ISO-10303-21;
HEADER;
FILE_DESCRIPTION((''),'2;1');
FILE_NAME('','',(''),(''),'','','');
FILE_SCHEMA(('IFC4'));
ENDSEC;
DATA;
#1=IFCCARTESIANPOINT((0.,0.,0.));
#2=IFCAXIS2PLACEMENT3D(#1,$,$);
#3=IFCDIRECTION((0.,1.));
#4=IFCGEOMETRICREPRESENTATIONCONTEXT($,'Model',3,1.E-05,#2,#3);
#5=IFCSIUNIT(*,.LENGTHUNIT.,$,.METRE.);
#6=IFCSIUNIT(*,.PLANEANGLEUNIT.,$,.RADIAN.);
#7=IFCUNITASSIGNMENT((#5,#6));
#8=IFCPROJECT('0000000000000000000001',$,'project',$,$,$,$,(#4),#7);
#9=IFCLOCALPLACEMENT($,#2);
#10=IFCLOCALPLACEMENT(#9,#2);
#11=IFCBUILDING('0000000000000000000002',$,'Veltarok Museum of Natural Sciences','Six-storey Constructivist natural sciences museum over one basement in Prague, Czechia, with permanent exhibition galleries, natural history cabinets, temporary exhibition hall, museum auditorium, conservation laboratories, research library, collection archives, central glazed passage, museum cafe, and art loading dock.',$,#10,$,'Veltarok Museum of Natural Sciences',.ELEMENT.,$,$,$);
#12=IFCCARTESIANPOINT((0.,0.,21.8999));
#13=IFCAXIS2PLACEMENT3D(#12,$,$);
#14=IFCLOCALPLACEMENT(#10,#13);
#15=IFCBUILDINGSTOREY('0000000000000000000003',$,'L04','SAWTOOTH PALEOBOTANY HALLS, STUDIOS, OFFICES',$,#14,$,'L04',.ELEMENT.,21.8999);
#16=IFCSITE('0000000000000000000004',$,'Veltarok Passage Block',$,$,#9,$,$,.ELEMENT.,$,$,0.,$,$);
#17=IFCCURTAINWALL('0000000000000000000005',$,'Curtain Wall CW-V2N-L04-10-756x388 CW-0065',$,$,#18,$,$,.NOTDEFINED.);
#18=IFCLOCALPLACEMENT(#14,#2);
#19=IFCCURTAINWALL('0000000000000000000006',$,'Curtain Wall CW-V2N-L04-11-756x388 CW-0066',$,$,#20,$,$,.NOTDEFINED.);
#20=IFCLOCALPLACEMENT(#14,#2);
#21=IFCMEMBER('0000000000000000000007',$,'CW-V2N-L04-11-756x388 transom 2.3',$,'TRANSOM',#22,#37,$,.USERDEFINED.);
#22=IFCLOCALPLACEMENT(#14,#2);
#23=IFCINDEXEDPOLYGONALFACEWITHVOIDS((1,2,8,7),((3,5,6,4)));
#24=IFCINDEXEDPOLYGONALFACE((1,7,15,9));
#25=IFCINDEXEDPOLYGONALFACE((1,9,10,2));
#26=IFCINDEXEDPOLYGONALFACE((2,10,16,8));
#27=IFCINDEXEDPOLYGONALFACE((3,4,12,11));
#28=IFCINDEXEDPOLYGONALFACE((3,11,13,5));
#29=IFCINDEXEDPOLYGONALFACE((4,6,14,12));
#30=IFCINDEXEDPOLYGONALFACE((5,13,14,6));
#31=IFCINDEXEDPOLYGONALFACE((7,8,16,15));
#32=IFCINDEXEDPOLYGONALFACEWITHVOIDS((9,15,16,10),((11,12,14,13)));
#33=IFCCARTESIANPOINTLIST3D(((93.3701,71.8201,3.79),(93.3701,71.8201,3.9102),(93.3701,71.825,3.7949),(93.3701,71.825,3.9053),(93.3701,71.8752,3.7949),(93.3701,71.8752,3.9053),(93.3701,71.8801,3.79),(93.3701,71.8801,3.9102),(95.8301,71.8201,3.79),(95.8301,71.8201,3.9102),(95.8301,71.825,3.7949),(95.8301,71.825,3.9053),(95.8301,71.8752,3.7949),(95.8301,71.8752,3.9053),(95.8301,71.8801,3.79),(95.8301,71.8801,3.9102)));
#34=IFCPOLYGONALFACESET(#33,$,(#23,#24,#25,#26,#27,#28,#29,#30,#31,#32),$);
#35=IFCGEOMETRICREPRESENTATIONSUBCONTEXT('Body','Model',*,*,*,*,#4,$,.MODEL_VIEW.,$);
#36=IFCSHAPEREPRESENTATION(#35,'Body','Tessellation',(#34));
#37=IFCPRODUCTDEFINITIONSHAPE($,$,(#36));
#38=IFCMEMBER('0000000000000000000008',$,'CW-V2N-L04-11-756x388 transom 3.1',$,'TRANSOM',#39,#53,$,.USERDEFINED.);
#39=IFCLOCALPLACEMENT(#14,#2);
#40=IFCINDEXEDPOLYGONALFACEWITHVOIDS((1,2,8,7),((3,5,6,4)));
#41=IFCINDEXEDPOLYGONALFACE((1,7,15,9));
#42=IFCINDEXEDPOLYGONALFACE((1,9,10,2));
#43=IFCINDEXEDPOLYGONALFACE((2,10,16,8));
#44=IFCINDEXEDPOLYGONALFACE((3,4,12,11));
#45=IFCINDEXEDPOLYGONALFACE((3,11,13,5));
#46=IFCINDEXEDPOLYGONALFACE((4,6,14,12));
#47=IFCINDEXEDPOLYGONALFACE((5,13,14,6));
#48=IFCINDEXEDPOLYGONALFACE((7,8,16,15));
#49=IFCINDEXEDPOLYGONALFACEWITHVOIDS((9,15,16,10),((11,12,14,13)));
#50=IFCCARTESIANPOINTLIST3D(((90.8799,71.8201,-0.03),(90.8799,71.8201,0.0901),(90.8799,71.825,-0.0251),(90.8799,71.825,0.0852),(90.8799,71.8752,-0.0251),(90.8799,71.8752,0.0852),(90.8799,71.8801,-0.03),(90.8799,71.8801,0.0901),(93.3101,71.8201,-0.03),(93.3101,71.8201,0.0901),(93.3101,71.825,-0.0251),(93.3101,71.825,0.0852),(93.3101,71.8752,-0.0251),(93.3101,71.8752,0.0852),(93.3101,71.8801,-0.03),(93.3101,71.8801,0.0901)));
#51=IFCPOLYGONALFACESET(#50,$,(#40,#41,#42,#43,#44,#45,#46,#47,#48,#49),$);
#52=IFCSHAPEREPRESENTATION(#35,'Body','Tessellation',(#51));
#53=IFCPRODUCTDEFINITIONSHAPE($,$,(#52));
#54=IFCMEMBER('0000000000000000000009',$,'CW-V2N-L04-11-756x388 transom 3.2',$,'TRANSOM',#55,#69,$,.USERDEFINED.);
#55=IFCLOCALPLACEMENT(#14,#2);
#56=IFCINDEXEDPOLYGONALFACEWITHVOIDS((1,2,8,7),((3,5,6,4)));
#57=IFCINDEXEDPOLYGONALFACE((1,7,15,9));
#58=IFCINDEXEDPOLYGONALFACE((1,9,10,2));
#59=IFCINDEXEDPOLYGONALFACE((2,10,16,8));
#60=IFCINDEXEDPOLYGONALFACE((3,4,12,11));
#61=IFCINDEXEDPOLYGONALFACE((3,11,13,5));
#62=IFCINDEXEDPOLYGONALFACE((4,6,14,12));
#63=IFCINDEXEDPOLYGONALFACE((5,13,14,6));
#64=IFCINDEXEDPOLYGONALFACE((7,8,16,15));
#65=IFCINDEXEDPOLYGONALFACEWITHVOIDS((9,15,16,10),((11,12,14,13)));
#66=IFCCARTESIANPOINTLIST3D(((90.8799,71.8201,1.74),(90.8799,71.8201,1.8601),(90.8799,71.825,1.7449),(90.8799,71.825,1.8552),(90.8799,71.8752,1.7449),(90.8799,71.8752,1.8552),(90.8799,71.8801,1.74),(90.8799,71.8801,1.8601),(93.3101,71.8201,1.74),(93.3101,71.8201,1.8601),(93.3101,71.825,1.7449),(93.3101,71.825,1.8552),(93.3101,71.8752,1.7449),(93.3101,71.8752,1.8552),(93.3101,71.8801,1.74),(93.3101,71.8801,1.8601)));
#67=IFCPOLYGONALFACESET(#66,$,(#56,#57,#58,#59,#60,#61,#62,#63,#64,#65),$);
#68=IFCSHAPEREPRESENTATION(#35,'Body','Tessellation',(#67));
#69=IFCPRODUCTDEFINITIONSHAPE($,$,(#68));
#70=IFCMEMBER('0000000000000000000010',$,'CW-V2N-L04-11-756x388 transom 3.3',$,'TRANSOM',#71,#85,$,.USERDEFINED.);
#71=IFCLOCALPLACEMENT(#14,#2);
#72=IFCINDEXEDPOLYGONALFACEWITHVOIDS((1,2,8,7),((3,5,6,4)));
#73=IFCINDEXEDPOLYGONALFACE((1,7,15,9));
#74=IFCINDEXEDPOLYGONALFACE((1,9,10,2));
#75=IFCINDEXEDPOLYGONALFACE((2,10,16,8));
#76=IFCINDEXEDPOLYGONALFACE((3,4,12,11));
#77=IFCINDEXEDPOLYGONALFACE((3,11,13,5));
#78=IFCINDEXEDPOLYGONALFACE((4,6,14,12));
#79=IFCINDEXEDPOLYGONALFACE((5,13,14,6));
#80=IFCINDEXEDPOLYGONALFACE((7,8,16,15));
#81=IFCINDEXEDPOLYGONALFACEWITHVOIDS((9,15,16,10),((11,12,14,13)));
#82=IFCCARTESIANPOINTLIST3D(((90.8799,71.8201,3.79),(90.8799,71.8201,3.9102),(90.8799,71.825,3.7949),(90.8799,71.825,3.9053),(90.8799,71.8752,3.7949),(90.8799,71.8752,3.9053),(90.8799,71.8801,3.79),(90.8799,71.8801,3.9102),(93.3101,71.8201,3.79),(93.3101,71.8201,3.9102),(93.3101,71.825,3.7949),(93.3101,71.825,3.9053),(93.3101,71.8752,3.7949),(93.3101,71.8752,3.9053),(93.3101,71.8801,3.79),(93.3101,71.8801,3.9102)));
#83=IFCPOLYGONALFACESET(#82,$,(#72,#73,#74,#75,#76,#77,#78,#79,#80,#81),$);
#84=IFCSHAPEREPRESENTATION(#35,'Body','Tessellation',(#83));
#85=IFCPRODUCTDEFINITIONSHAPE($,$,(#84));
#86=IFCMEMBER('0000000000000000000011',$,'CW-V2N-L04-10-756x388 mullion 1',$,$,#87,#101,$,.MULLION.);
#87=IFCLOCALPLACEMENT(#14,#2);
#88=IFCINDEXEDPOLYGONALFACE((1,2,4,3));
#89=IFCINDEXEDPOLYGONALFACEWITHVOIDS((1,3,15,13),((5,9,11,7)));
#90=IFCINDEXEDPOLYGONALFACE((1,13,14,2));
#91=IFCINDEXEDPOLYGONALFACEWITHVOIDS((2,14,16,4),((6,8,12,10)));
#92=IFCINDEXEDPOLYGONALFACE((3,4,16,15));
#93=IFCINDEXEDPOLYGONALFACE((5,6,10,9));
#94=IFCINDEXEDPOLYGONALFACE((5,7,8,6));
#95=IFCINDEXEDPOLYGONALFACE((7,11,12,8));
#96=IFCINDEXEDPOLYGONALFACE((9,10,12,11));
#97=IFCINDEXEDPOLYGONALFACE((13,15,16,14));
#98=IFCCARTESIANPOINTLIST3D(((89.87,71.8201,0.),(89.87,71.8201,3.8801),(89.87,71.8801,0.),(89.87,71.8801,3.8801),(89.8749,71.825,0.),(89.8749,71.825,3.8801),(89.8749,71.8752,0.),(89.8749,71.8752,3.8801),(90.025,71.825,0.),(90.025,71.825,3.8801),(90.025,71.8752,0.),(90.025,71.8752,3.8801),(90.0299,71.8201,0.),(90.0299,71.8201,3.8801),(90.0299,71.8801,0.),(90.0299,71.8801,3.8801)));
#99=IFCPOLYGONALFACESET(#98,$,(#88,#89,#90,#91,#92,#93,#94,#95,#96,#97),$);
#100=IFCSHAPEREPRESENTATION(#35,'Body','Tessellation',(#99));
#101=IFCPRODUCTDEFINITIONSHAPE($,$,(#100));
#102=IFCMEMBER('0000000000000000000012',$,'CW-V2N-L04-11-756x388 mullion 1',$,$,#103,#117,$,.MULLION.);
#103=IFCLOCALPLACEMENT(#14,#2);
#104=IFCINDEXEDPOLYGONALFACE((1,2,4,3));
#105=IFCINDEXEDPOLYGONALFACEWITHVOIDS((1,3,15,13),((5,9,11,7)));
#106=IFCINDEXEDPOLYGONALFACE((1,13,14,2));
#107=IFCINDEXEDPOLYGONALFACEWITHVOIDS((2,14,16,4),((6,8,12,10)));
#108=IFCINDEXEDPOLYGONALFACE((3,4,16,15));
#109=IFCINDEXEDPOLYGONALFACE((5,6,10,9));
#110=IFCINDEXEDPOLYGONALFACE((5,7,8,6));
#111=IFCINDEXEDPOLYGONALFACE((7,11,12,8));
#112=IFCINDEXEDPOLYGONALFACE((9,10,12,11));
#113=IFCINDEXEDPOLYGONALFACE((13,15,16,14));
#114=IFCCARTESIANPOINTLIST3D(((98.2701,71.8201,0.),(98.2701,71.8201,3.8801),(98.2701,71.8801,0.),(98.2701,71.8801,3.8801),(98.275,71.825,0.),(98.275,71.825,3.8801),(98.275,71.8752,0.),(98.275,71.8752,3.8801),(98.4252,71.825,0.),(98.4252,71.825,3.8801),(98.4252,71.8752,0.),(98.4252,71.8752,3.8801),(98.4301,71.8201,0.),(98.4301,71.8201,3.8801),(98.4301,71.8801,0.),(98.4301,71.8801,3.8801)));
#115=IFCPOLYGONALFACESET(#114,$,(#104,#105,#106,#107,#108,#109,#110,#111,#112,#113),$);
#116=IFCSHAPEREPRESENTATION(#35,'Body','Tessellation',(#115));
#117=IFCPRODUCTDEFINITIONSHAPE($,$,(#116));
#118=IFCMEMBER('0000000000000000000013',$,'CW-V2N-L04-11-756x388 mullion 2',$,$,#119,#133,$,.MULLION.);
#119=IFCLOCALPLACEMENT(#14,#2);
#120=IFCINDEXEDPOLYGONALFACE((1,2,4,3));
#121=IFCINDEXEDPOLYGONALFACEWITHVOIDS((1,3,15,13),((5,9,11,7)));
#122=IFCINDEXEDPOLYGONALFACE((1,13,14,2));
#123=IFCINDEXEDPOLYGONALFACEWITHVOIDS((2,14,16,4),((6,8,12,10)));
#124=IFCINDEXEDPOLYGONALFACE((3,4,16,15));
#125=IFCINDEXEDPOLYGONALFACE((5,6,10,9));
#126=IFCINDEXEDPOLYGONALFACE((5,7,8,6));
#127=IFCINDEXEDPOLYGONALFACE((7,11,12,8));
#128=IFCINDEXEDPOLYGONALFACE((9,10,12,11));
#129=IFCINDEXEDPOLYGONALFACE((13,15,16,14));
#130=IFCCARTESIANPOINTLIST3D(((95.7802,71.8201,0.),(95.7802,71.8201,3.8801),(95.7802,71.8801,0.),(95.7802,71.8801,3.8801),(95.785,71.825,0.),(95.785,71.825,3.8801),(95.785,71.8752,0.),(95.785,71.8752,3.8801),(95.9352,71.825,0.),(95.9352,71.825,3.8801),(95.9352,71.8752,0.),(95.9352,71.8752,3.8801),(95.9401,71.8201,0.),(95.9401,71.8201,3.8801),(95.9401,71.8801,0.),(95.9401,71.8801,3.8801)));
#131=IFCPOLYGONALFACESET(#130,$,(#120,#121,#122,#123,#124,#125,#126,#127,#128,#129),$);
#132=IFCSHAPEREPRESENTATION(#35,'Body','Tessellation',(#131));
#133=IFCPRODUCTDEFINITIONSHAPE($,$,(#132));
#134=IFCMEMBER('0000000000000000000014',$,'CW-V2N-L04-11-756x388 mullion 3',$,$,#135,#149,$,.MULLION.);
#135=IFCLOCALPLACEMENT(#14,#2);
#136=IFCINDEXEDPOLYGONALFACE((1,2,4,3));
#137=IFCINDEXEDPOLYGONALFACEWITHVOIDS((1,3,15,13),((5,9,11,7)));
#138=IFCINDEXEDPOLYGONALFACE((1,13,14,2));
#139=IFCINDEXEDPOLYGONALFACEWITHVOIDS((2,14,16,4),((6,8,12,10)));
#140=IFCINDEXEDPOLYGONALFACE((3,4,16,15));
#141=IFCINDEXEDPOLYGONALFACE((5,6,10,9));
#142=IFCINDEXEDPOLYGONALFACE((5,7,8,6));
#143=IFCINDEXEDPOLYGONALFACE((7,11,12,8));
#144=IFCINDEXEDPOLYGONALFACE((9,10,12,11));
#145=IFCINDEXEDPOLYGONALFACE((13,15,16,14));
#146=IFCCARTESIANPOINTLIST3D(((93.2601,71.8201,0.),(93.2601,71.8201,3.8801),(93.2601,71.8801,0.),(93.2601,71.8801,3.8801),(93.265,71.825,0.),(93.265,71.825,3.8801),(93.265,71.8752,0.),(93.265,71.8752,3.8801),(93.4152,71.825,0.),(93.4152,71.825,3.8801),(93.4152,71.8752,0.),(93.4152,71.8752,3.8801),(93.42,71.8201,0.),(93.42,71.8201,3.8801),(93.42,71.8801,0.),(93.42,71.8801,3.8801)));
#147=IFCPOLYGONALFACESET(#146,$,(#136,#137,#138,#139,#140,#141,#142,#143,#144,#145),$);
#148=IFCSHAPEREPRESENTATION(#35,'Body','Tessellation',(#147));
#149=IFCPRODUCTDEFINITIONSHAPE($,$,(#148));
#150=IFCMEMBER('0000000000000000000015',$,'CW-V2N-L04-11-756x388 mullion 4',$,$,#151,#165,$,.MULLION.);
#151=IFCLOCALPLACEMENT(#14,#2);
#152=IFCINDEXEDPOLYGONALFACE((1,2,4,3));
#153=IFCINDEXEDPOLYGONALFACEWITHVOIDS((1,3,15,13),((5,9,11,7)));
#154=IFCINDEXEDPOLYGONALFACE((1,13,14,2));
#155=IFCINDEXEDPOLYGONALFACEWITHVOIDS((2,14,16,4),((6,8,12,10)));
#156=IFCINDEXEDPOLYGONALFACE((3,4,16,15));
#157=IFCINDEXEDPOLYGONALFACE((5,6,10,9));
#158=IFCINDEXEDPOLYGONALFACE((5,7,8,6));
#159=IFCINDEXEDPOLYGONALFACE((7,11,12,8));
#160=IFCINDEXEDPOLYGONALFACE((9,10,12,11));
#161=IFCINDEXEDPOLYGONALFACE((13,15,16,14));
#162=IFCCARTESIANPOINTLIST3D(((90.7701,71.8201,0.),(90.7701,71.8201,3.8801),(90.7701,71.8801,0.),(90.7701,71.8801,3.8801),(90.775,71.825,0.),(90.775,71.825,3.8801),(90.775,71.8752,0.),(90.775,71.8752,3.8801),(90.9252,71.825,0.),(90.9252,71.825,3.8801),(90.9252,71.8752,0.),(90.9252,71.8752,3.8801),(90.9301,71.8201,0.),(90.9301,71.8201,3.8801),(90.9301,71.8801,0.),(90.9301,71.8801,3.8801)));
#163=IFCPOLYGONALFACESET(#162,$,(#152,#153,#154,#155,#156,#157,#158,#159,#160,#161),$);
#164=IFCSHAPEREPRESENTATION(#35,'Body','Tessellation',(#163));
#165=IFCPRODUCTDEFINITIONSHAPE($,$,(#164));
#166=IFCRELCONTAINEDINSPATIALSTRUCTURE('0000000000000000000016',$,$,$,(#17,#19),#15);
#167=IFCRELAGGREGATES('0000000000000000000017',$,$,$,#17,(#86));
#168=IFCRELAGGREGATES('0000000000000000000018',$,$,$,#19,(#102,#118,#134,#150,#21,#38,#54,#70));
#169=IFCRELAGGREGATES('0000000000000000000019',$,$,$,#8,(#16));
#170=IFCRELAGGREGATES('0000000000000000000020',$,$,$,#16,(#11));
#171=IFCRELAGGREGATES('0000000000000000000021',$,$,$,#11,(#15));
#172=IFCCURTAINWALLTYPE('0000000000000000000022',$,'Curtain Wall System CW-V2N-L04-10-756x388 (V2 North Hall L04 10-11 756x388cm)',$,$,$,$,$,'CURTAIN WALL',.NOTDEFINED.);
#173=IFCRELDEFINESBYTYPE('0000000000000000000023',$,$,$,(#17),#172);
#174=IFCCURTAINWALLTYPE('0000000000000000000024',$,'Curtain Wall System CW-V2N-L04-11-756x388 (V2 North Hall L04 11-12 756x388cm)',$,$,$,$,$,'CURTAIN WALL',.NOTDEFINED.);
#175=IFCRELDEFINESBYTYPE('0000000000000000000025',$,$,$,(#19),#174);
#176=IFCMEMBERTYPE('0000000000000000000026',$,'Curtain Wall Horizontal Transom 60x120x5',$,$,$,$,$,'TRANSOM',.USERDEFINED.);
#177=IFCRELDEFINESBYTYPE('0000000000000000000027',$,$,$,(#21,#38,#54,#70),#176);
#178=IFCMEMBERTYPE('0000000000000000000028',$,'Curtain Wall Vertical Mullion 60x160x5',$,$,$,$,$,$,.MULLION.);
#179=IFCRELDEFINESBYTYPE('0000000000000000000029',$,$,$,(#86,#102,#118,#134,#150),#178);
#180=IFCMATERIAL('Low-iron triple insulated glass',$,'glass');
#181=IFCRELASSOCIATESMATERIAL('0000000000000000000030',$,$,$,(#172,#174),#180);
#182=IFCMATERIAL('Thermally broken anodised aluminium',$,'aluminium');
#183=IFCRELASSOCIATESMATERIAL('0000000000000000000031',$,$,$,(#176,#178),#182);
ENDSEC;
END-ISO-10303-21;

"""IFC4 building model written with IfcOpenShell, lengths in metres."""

from ifc_helpers import new_model, si_unit, direction, frame, origin, origin_2d, place, context, subcontext, project, spatial, hollow_rectangle, extrude, material, material_profile, profile_set, type_object, element, aggregate, save


model = new_model("IFC4")

# Units and contexts
model_context = context("Model", 3, precision=1e-05, world=origin(), true_north=direction((0.0, 1.0)))
body_context = subcontext(model_context, "Body", "Model", "MODEL_VIEW")
ifc_project = project(units=[si_unit("LENGTHUNIT", "METRE"), si_unit("PLANEANGLEUNIT", "RADIAN")], contexts=[model_context])

# Site, building, storey
site_placement = place(None, origin())
site = spatial("IfcSite", under=ifc_project, at=site_placement, Name="Veltarok Passage Block", CompositionType="ELEMENT", RefElevation=0.0)
building_placement = place(site_placement, origin())
building = spatial("IfcBuilding", under=site, at=building_placement, Name="Veltarok Museum of Natural Sciences", Description="Six-storey Constructivist natural sciences museum over one basement in Prague, Czechia, with permanent exhibition galleries, natural history cabinets, temporary exhibition hall, museum auditorium, conservation laboratories, research library, collection archives, central glazed passage, museum cafe, and art loading dock.", LongName="Veltarok Museum of Natural Sciences", CompositionType="ELEMENT")
storey_placement = place(building_placement, frame((0.0, 0.0, 21.8999)))
storey = spatial("IfcBuildingStorey", under=building, at=storey_placement, Name="L04", Description="SAWTOOTH PALEOBOTANY HALLS, STUDIOS, OFFICES", LongName="L04", CompositionType="ELEMENT", Elevation=21.8999)

# Curtain walls, members
ifc_material_1 = material(Name="Low-iron triple insulated glass", Category="glass")
curtain_wall_type_1 = type_object("IfcCurtainWallType", Name="Curtain Wall System CW-V2N-L04-10-756x388 (V2 North Hall L04 10-11 756x388cm)", ElementType="CURTAIN WALL", PredefinedType="NOTDEFINED", material=ifc_material_1)
curtain_wall_1_placement = place(storey_placement, origin())
curtain_wall_1 = element("IfcCurtainWall", 1, at=curtain_wall_1_placement, inside=storey, type_object=curtain_wall_type_1, Name="Curtain Wall CW-V2N-L04-10-756x388 CW-0065", PredefinedType="NOTDEFINED")
ifc_material_2 = material(Name="Thermally broken anodised aluminium", Category="aluminium")
ifc_material_profile_1 = material_profile(ifc_material_2, hollow_rectangle(XDim=0.0601, YDim=0.1201, WallThickness=0.0049, at=origin_2d()), Name="CW TRANSOM 60x120x5")
ifc_profile_set_1 = profile_set([ifc_material_profile_1], Name="Thermally broken anodised aluminium")
member_type_1 = type_object("IfcMemberType", Name="Curtain Wall Horizontal Transom 60x120x5", ElementType="TRANSOM", PredefinedType="USERDEFINED", material=ifc_profile_set_1)
curtain_wall_type_2 = type_object("IfcCurtainWallType", Name="Curtain Wall System CW-V2N-L04-11-756x388 (V2 North Hall L04 11-12 756x388cm)", ElementType="CURTAIN WALL", PredefinedType="NOTDEFINED", material=ifc_material_1)
curtain_wall_2_placement = place(storey_placement, origin())
curtain_wall_2 = element("IfcCurtainWall", 2, at=curtain_wall_2_placement, inside=storey, type_object=curtain_wall_type_2, Name="Curtain Wall CW-V2N-L04-11-756x388 CW-0066", PredefinedType="NOTDEFINED")
member_1_placement = place(storey_placement, frame((95.8301, 71.8501, 3.8501), z_axis=(-1.0, 0.0, 0.0), x_axis=(0.0, -1.0, 0.0)))
member_1 = element("IfcMember", 3, at=member_1_placement, type_object=member_type_1, Name="CW-V2N-L04-11-756x388 transom 2.3", ObjectType="TRANSOM", PredefinedType="USERDEFINED", context=body_context, shape_type="SweptSolid", body=[
    extrude(hollow_rectangle(XDim=0.0601, YDim=0.1201, WallThickness=0.0049, at=origin_2d()), origin(), (0.0, 0.0, 1.0), 2.46),
])
member_2_placement = place(storey_placement, frame((93.3101, 71.8501, 0.03), z_axis=(-1.0, 0.0, 0.0), x_axis=(0.0, -1.0, 0.0)))
member_2 = element("IfcMember", 4, at=member_2_placement, type_object=member_type_1, Name="CW-V2N-L04-11-756x388 transom 3.1", ObjectType="TRANSOM", PredefinedType="USERDEFINED", context=body_context, shape_type="SweptSolid", body=[
    extrude(hollow_rectangle(XDim=0.0601, YDim=0.1201, WallThickness=0.0049, at=origin_2d()), origin(), (0.0, 0.0, 1.0), 2.4302),
])
member_3_placement = place(storey_placement, frame((93.3101, 71.8501, 1.8), z_axis=(-1.0, 0.0, 0.0), x_axis=(0.0, -1.0, 0.0)))
member_3 = element("IfcMember", 5, at=member_3_placement, type_object=member_type_1, Name="CW-V2N-L04-11-756x388 transom 3.2", ObjectType="TRANSOM", PredefinedType="USERDEFINED", context=body_context, shape_type="SweptSolid", body=[
    extrude(hollow_rectangle(XDim=0.0601, YDim=0.1201, WallThickness=0.0049, at=origin_2d()), origin(), (0.0, 0.0, 1.0), 2.4302),
])
member_4_placement = place(storey_placement, frame((93.3101, 71.8501, 3.8501), z_axis=(-1.0, 0.0, 0.0), x_axis=(0.0, -1.0, 0.0)))
member_4 = element("IfcMember", 6, at=member_4_placement, type_object=member_type_1, Name="CW-V2N-L04-11-756x388 transom 3.3", ObjectType="TRANSOM", PredefinedType="USERDEFINED", context=body_context, shape_type="SweptSolid", body=[
    extrude(hollow_rectangle(XDim=0.0601, YDim=0.1201, WallThickness=0.0049, at=origin_2d()), origin(), (0.0, 0.0, 1.0), 2.4302),
])

# Members
ifc_material_profile_2 = material_profile(ifc_material_2, hollow_rectangle(XDim=0.0601, YDim=0.1599, WallThickness=0.0049, at=origin_2d()), Name="CW MULLION 60x160x5")
ifc_profile_set_2 = profile_set([ifc_material_profile_2], Name="Thermally broken anodised aluminium")
member_type_2 = type_object("IfcMemberType", Name="Curtain Wall Vertical Mullion 60x160x5", PredefinedType="MULLION", material=ifc_profile_set_2)
member_5_placement = place(storey_placement, frame((89.95, 71.8501, 0.0), z_axis=(0.0, 0.0, 1.0), x_axis=(0.0, -1.0, 0.0)))
member_5 = element("IfcMember", 7, at=member_5_placement, type_object=member_type_2, Name="CW-V2N-L04-10-756x388 mullion 1", PredefinedType="MULLION", context=body_context, shape_type="SweptSolid", body=[
    extrude(hollow_rectangle(XDim=0.0601, YDim=0.1599, WallThickness=0.0049, at=origin_2d()), origin(), (0.0, 0.0, 1.0), 3.8801),
])
member_6_placement = place(storey_placement, frame((98.3501, 71.8501, 0.0), z_axis=(0.0, 0.0, 1.0), x_axis=(0.0, -1.0, 0.0)))
member_6 = element("IfcMember", 8, at=member_6_placement, type_object=member_type_2, Name="CW-V2N-L04-11-756x388 mullion 1", PredefinedType="MULLION", context=body_context, shape_type="SweptSolid", body=[
    extrude(hollow_rectangle(XDim=0.0601, YDim=0.1599, WallThickness=0.0049, at=origin_2d()), origin(), (0.0, 0.0, 1.0), 3.8801),
])
member_7_placement = place(storey_placement, frame((95.8601, 71.8501, 0.0), z_axis=(0.0, 0.0, 1.0), x_axis=(0.0, -1.0, 0.0)))
member_7 = element("IfcMember", 9, at=member_7_placement, type_object=member_type_2, Name="CW-V2N-L04-11-756x388 mullion 2", PredefinedType="MULLION", context=body_context, shape_type="SweptSolid", body=[
    extrude(hollow_rectangle(XDim=0.0601, YDim=0.1599, WallThickness=0.0049, at=origin_2d()), origin(), (0.0, 0.0, 1.0), 3.8801),
])
member_8_placement = place(storey_placement, frame((93.3401, 71.8501, 0.0), z_axis=(0.0, 0.0, 1.0), x_axis=(0.0, -1.0, 0.0)))
member_8 = element("IfcMember", 10, at=member_8_placement, type_object=member_type_2, Name="CW-V2N-L04-11-756x388 mullion 3", PredefinedType="MULLION", context=body_context, shape_type="SweptSolid", body=[
    extrude(hollow_rectangle(XDim=0.0601, YDim=0.1599, WallThickness=0.0049, at=origin_2d()), origin(), (0.0, 0.0, 1.0), 3.8801),
])
member_9_placement = place(storey_placement, frame((90.8501, 71.8501, 0.0), z_axis=(0.0, 0.0, 1.0), x_axis=(0.0, -1.0, 0.0)))
member_9 = element("IfcMember", 11, at=member_9_placement, type_object=member_type_2, Name="CW-V2N-L04-11-756x388 mullion 4", PredefinedType="MULLION", context=body_context, shape_type="SweptSolid", body=[
    extrude(hollow_rectangle(XDim=0.0601, YDim=0.1599, WallThickness=0.0049, at=origin_2d()), origin(), (0.0, 0.0, 1.0), 3.8801),
])

aggregate(curtain_wall_1, [member_5])
aggregate(curtain_wall_2, [member_6, member_7, member_8, member_9, member_1, member_2, member_3, member_4])

save(model, "model.ifc")
